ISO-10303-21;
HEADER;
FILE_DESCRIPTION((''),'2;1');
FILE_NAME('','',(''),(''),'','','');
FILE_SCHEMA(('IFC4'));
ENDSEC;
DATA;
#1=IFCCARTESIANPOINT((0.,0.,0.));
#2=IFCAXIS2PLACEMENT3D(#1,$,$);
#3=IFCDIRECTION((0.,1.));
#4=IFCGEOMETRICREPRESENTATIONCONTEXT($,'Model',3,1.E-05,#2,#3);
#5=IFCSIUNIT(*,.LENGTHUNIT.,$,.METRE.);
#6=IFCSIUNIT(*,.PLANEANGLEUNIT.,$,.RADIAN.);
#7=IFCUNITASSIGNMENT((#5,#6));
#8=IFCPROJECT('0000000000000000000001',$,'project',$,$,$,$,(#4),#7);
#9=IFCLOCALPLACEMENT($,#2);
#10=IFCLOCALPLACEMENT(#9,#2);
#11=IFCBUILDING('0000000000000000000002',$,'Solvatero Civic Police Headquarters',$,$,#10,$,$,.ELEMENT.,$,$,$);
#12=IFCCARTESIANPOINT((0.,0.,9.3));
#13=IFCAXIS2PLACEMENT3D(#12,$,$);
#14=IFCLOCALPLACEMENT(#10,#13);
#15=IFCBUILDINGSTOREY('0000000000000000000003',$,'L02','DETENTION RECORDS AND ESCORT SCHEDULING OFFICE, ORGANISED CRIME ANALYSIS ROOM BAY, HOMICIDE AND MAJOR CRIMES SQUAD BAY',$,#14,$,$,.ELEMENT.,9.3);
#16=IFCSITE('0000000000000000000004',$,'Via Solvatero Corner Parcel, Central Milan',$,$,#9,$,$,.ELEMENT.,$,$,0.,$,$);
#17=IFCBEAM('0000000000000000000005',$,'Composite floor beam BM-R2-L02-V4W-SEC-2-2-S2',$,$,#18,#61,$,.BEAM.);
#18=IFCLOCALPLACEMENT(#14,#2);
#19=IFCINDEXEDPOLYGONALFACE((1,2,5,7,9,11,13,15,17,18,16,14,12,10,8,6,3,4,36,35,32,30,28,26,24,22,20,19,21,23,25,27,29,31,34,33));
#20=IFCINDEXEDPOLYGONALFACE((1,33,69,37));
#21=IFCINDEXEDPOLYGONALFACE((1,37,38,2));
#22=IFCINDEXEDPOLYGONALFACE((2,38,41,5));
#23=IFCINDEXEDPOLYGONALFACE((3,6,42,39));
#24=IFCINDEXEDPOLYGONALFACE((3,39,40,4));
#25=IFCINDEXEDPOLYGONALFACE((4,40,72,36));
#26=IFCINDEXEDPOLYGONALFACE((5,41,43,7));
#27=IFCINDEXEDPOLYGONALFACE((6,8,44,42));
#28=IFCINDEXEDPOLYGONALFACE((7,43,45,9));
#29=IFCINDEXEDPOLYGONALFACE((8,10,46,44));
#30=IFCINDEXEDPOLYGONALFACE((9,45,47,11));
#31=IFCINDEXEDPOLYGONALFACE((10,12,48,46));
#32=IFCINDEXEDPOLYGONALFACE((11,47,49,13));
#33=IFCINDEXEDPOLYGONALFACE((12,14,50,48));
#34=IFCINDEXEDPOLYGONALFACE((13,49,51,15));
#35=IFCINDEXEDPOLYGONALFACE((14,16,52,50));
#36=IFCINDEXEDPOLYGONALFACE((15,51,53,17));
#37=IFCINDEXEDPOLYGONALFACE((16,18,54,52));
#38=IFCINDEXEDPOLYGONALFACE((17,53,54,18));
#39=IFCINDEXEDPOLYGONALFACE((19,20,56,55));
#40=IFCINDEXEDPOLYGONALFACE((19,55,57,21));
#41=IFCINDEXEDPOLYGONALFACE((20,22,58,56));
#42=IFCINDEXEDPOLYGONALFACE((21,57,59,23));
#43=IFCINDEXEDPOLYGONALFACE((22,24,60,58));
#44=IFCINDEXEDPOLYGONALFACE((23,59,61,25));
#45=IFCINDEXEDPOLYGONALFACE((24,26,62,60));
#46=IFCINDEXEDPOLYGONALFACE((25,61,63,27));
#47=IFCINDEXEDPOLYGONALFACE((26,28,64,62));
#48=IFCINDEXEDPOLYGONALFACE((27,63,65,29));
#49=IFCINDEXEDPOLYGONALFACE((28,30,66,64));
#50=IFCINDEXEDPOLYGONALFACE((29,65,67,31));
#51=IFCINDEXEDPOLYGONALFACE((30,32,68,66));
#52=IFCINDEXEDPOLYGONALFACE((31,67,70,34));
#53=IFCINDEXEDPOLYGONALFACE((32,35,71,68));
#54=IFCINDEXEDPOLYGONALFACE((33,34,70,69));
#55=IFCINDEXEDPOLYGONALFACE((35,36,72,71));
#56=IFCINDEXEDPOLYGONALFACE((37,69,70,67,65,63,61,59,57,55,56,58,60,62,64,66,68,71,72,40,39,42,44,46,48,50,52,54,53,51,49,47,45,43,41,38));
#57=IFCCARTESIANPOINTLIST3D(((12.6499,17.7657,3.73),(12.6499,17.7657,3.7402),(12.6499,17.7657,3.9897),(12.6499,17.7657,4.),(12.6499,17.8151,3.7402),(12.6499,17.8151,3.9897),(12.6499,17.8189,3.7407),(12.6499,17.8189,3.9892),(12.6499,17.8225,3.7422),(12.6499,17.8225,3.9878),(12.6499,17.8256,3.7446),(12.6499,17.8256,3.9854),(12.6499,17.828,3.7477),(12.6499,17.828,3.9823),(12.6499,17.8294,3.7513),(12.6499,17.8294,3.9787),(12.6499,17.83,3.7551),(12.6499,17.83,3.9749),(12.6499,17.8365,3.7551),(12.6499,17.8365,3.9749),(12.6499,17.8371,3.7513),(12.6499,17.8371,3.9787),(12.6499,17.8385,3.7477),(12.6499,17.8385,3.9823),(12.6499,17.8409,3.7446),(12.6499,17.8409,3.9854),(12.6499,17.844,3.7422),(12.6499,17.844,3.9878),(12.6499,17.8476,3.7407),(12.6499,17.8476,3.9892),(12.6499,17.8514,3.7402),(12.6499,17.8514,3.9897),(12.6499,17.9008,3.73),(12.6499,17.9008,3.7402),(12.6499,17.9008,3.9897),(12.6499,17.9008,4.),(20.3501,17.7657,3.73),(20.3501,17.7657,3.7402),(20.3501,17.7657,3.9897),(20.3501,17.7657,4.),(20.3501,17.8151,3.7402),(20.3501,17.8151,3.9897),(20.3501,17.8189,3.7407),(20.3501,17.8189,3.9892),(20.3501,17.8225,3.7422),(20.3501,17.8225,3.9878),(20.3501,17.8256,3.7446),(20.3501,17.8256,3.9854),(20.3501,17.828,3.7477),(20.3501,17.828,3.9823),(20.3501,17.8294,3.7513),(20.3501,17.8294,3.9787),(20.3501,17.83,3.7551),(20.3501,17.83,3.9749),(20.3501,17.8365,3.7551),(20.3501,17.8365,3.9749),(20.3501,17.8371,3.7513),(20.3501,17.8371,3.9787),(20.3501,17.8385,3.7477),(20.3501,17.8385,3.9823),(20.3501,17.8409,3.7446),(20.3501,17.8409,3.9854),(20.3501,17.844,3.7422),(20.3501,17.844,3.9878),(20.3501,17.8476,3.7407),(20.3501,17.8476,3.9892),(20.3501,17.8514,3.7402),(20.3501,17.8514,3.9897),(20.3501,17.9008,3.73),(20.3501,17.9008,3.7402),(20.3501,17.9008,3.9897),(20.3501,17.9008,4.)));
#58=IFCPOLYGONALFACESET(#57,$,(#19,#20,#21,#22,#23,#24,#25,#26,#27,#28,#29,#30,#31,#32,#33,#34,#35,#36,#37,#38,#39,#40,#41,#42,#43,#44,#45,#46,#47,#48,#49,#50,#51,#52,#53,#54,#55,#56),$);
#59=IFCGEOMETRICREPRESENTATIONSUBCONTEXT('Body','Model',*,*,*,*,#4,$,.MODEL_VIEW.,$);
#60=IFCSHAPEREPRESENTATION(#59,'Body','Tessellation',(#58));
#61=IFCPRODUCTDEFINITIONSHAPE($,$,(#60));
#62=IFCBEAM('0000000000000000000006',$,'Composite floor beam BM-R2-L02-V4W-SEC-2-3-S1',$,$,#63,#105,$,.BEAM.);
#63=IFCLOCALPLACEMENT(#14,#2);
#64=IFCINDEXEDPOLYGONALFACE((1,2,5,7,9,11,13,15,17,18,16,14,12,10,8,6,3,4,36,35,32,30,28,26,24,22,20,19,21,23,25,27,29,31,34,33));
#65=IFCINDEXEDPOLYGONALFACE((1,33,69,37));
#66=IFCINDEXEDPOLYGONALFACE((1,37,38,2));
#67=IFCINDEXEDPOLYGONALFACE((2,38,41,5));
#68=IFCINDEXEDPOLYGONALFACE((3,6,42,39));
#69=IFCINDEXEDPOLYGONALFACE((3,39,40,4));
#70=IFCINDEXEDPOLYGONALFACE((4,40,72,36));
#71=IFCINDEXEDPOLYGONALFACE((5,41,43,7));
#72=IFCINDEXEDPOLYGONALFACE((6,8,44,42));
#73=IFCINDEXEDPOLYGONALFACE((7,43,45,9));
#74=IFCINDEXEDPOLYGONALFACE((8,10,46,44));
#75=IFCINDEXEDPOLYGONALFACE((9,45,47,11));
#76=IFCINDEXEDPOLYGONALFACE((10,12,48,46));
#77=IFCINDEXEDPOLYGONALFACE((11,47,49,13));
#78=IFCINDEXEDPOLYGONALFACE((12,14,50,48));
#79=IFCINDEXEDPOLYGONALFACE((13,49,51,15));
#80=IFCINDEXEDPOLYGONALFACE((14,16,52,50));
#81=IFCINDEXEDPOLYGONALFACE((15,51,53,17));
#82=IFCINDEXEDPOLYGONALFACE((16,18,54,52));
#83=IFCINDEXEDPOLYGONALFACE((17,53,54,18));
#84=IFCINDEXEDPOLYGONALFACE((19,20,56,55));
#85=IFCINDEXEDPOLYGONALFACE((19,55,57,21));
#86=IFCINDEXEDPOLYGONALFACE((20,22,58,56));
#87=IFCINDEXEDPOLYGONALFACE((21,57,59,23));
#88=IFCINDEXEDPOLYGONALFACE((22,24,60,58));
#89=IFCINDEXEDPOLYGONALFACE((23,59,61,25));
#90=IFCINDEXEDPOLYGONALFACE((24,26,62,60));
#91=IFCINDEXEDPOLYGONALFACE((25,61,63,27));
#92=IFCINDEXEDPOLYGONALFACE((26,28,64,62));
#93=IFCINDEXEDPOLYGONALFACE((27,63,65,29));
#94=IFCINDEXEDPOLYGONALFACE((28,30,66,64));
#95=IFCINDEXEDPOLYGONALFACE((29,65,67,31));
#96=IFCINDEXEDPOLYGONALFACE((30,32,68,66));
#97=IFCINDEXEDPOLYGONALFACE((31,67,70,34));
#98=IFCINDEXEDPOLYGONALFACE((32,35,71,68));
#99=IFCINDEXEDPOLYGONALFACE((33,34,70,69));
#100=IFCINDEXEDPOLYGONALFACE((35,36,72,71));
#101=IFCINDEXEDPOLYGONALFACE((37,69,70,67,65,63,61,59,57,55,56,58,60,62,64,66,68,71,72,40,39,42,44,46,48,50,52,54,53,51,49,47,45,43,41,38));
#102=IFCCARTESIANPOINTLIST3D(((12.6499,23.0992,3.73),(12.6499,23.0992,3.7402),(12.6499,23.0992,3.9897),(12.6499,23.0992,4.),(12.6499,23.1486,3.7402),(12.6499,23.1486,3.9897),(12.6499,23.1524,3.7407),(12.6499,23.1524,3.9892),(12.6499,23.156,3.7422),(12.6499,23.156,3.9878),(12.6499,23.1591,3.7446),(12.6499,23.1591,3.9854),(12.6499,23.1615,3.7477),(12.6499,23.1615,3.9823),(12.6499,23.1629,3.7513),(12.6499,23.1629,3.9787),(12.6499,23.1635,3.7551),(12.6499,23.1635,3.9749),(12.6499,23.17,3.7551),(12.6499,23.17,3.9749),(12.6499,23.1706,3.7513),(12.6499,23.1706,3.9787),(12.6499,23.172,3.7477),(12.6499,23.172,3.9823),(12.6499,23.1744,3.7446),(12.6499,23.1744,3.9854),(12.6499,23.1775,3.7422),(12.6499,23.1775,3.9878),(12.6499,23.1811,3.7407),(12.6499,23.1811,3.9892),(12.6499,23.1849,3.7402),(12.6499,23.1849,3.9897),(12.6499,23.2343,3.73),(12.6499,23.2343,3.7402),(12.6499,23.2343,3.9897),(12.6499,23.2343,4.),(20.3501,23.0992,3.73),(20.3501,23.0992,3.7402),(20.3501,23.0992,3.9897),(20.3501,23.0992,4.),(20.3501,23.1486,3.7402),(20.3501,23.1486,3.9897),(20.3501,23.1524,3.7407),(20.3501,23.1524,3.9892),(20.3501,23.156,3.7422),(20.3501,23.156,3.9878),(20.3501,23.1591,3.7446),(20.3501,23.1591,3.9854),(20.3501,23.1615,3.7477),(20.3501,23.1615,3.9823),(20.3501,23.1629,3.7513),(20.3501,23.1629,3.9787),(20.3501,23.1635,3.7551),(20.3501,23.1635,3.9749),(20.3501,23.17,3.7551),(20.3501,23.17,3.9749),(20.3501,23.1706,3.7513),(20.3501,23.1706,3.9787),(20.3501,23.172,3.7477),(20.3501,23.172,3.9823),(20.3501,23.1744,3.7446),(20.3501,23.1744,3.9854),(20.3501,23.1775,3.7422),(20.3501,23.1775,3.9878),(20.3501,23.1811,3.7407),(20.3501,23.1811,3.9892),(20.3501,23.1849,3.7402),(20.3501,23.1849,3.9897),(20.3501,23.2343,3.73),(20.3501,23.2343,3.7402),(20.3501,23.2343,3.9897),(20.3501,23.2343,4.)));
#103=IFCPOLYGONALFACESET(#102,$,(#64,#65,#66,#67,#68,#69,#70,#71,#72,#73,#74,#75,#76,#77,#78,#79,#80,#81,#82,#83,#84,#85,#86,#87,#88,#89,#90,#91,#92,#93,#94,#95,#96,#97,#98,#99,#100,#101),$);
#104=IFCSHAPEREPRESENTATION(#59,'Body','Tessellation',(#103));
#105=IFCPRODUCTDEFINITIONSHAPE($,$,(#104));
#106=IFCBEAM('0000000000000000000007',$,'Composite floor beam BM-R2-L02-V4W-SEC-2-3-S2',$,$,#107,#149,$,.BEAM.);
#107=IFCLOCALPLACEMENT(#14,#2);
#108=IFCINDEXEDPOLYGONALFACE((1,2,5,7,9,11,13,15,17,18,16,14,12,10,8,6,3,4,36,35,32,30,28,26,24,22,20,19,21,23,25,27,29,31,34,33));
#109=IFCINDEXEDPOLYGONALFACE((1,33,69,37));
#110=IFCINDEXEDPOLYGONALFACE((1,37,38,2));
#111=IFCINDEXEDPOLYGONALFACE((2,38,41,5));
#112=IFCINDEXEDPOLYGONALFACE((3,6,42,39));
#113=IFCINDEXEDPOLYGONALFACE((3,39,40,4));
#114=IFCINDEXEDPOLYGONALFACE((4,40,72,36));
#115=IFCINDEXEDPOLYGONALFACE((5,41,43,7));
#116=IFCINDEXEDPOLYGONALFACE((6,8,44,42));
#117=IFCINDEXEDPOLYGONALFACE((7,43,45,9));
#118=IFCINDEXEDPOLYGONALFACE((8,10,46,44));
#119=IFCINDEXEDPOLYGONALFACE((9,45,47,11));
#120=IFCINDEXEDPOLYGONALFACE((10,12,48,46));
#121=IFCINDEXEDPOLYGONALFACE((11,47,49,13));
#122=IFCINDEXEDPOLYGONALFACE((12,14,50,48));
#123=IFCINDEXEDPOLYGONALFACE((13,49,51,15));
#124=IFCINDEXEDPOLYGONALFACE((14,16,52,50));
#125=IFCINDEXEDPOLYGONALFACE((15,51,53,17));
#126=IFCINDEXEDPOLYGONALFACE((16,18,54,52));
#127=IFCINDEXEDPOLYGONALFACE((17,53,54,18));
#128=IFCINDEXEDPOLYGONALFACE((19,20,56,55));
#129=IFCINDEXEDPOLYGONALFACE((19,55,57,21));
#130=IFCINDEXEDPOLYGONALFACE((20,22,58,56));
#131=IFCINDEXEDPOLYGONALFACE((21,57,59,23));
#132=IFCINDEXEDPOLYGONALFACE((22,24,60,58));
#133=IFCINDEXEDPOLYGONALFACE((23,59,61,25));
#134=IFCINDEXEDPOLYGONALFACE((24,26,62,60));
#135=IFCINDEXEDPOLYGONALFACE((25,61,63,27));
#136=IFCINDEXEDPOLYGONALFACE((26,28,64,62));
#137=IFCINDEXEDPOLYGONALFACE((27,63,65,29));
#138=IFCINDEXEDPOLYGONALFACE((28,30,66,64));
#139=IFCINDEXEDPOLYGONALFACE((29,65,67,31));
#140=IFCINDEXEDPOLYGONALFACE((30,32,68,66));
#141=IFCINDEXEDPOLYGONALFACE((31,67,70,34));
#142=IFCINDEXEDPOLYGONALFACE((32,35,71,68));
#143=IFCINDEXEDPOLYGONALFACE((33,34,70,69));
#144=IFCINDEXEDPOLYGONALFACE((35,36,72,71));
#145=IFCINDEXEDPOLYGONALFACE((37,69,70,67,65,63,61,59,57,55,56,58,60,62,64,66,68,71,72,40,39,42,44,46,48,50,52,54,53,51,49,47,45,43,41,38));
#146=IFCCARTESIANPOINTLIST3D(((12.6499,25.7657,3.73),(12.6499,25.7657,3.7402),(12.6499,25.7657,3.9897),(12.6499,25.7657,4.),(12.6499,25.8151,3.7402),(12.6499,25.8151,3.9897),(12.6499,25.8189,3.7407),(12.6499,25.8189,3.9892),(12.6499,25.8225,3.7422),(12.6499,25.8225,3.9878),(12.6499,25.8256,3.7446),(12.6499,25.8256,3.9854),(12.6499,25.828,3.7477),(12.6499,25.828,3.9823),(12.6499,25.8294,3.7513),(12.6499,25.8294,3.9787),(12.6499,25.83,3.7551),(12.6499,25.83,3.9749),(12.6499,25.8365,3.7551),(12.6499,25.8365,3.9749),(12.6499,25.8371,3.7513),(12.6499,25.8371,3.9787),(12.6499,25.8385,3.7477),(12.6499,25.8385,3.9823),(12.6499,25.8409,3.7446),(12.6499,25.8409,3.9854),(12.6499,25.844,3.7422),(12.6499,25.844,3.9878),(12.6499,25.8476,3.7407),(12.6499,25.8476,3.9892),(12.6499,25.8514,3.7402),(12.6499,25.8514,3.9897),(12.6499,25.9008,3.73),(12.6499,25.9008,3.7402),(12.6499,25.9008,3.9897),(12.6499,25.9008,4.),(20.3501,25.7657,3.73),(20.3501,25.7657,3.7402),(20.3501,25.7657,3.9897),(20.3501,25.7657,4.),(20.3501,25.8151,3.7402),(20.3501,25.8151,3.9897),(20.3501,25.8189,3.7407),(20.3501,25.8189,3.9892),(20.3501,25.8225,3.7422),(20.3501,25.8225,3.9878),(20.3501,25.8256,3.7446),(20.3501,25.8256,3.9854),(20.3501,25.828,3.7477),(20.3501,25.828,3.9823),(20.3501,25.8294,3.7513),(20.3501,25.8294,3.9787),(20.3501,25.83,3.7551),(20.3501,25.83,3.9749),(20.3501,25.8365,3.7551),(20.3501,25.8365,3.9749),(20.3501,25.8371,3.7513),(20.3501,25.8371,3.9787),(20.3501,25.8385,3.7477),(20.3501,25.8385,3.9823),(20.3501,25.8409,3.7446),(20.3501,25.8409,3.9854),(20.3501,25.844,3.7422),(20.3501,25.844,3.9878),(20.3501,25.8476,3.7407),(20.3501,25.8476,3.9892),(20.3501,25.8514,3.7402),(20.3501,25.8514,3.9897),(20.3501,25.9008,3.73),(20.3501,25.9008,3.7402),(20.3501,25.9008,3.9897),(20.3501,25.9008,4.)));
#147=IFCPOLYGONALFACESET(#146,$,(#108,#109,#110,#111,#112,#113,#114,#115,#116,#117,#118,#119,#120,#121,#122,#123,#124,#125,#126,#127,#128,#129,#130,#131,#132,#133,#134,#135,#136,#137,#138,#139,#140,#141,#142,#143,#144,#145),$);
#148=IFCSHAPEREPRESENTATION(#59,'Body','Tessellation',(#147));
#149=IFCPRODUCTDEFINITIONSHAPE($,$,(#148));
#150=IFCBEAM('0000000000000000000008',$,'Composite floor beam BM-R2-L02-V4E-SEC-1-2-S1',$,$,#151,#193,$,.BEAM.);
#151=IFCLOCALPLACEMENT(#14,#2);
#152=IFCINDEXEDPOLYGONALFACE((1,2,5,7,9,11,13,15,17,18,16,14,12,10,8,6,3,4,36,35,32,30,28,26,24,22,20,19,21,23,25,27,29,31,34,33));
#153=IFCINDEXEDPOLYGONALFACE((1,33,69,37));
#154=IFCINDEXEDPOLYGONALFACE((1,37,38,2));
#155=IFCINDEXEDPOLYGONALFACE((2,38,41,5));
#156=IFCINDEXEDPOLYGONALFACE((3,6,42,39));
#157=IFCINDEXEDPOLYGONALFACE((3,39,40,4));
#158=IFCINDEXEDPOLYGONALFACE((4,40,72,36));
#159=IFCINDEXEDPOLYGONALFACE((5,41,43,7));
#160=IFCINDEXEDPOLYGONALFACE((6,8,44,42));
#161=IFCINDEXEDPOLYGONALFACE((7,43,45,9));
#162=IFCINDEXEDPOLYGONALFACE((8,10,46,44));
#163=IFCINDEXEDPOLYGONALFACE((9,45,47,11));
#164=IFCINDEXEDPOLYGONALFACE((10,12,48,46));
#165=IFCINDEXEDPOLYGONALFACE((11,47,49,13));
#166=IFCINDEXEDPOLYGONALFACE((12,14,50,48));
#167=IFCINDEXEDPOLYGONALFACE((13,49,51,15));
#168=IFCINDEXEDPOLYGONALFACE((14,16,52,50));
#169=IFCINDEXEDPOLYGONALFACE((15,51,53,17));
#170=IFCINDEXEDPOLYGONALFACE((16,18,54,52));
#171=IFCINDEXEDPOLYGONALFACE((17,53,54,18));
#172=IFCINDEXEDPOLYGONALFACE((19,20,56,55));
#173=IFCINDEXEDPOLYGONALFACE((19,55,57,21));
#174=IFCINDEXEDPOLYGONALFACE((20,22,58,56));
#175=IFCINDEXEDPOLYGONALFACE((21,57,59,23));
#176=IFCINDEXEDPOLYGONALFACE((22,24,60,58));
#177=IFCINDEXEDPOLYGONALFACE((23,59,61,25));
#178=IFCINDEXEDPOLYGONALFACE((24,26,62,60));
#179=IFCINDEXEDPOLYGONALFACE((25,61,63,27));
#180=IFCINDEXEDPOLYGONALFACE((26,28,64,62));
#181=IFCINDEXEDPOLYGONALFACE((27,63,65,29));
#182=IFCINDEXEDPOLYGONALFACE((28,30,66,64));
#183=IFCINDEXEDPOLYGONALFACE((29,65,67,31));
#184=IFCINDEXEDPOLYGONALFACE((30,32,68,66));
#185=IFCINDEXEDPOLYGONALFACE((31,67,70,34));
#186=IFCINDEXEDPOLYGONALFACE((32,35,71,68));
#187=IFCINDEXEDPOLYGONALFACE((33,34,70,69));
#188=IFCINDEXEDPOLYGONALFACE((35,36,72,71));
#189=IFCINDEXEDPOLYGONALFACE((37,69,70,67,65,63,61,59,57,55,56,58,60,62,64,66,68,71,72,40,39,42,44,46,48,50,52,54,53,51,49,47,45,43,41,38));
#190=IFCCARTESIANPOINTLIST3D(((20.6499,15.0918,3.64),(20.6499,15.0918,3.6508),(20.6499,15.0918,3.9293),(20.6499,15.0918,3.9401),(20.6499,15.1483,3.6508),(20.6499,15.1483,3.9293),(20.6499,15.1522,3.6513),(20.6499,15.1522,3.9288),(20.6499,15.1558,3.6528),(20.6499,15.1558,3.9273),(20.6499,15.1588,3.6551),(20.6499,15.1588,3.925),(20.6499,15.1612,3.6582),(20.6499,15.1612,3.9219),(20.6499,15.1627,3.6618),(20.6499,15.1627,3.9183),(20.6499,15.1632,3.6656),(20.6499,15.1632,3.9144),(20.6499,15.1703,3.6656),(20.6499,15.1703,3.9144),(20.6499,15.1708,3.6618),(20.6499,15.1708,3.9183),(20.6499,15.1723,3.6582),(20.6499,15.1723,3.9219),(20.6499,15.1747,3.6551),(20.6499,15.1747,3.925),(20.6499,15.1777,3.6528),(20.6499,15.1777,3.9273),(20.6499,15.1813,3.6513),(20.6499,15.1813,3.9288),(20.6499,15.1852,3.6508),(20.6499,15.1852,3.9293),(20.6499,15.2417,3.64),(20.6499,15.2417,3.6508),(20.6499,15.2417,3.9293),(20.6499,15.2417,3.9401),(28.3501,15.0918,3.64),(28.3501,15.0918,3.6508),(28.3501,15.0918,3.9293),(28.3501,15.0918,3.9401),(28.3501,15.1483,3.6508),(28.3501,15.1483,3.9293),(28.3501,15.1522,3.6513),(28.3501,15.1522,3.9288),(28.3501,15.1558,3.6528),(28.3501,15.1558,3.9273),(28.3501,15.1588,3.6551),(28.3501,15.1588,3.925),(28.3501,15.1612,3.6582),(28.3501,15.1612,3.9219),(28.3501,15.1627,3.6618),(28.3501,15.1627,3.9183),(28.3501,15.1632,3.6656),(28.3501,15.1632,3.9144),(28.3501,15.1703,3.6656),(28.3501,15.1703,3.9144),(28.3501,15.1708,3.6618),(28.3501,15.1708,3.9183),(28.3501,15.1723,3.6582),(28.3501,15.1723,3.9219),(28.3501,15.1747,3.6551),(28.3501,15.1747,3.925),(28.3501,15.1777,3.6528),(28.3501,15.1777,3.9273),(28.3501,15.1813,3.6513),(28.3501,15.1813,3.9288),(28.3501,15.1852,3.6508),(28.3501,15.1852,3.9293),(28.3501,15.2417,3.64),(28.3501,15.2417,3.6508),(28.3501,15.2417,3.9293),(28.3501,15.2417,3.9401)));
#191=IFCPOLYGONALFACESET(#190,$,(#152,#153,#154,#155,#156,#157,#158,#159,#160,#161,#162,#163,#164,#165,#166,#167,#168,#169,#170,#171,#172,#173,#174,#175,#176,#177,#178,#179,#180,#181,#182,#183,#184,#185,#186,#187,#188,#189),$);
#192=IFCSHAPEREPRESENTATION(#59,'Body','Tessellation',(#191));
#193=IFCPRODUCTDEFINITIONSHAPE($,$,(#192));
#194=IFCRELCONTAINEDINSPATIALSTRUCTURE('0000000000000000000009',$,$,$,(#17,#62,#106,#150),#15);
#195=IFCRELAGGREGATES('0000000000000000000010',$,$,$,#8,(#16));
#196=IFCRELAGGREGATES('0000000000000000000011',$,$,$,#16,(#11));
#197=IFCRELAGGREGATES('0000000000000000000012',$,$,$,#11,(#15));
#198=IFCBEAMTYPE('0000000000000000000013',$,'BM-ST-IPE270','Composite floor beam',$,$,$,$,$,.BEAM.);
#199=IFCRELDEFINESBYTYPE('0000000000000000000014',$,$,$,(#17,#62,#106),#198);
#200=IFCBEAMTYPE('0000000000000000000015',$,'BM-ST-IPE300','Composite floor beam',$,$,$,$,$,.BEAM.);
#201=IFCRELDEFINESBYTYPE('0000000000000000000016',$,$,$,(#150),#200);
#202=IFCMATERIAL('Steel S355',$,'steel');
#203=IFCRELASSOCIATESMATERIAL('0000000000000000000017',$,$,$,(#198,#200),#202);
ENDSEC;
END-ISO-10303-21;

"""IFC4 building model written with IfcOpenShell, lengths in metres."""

from ifc_helpers import new_model, si_unit, direction, frame, origin, origin_2d, place, context, subcontext, project, spatial, i_section, extrude, material, material_profile, profile_set, type_object, element, save


model = new_model("IFC4")

# Units and contexts
model_context = context("Model", 3, precision=1e-05, world=origin(), true_north=direction((0.0, 1.0)))
body_context = subcontext(model_context, "Body", "Model", "MODEL_VIEW")
ifc_project = project(units=[si_unit("LENGTHUNIT", "METRE"), si_unit("PLANEANGLEUNIT", "RADIAN")], contexts=[model_context])

# Site, building, storey
site_placement = place(None, origin())
site = spatial("IfcSite", under=ifc_project, at=site_placement, Name="Via Solvatero Corner Parcel, Central Milan", CompositionType="ELEMENT", RefElevation=0.0)
building_placement = place(site_placement, origin())
building = spatial("IfcBuilding", under=site, at=building_placement, Name="Solvatero Civic Police Headquarters", CompositionType="ELEMENT")
storey_placement = place(building_placement, frame((0.0, 0.0, 9.3)))
storey = spatial("IfcBuildingStorey", under=building, at=storey_placement, Name="L02", Description="DETENTION RECORDS AND ESCORT SCHEDULING OFFICE, ORGANISED CRIME ANALYSIS ROOM BAY, HOMICIDE AND MAJOR CRIMES SQUAD BAY", CompositionType="ELEMENT", Elevation=9.3)

# Shared definitions
ifc_material_1 = material(Name="Steel S355", Category="steel")

# Beams
ifc_material_profile_1 = material_profile(ifc_material_1, i_section(OverallWidth=0.135, OverallDepth=0.27, WebThickness=0.0066, FlangeThickness=0.0103, FilletRadius=0.0149, at=origin_2d()), Name="IPE 270")
ifc_profile_set_1 = profile_set([ifc_material_profile_1], Name="Steel S355")
beam_type_1 = type_object("IfcBeamType", Name="BM-ST-IPE270", Description="Composite floor beam", PredefinedType="BEAM", material=ifc_profile_set_1)
for number, where, z_axis, x_axis, name in (
    (1, (12.6499, 17.8333, 3.865), (1.0, 0.0, 0.0), (0.0, 1.0, 0.0), "Composite floor beam BM-R2-L02-V4W-SEC-2-2-S2"),
    (2, (12.6499, 23.1667, 3.865), (1.0, 0.0, 0.0), (0.0, 1.0, 0.0), "Composite floor beam BM-R2-L02-V4W-SEC-2-3-S1"),
    (3, (12.6499, 25.8333, 3.865), (1.0, 0.0, 0.0), (0.0, 1.0, 0.0), "Composite floor beam BM-R2-L02-V4W-SEC-2-3-S2"),
):
    element("IfcBeam", number, at=place(storey_placement, frame(where, z_axis=z_axis, x_axis=x_axis)), inside=storey, type_object=beam_type_1, Name=name, PredefinedType="BEAM", context=body_context, shape_type="SweptSolid", body=[
        extrude(i_section(OverallWidth=0.135, OverallDepth=0.27, WebThickness=0.0066, FlangeThickness=0.0103, FilletRadius=0.0149, at=origin_2d()), origin(), (0.0, 0.0, 1.0), 7.7002),
    ])
ifc_material_profile_2 = material_profile(ifc_material_1, i_section(OverallWidth=0.1499, OverallDepth=0.3, WebThickness=0.0071, FlangeThickness=0.0107, FilletRadius=0.0149, at=origin_2d()), Name="IPE 300")
ifc_profile_set_2 = profile_set([ifc_material_profile_2], Name="Steel S355")
beam_type_2 = type_object("IfcBeamType", Name="BM-ST-IPE300", Description="Composite floor beam", PredefinedType="BEAM", material=ifc_profile_set_2)
for number, where, z_axis, x_axis, name in (
    (4, (20.6499, 15.1667, 3.79), (1.0, 0.0, 0.0), (0.0, 1.0, 0.0), "Composite floor beam BM-R2-L02-V4E-SEC-1-2-S1"),
):
    element("IfcBeam", number, at=place(storey_placement, frame(where, z_axis=z_axis, x_axis=x_axis)), inside=storey, type_object=beam_type_2, Name=name, PredefinedType="BEAM", context=body_context, shape_type="SweptSolid", body=[
        extrude(i_section(OverallWidth=0.1499, OverallDepth=0.3, WebThickness=0.0071, FlangeThickness=0.0107, FilletRadius=0.0149, at=origin_2d()), origin(), (0.0, 0.0, 1.0), 7.7002),
    ])

save(model, "model.ifc")
